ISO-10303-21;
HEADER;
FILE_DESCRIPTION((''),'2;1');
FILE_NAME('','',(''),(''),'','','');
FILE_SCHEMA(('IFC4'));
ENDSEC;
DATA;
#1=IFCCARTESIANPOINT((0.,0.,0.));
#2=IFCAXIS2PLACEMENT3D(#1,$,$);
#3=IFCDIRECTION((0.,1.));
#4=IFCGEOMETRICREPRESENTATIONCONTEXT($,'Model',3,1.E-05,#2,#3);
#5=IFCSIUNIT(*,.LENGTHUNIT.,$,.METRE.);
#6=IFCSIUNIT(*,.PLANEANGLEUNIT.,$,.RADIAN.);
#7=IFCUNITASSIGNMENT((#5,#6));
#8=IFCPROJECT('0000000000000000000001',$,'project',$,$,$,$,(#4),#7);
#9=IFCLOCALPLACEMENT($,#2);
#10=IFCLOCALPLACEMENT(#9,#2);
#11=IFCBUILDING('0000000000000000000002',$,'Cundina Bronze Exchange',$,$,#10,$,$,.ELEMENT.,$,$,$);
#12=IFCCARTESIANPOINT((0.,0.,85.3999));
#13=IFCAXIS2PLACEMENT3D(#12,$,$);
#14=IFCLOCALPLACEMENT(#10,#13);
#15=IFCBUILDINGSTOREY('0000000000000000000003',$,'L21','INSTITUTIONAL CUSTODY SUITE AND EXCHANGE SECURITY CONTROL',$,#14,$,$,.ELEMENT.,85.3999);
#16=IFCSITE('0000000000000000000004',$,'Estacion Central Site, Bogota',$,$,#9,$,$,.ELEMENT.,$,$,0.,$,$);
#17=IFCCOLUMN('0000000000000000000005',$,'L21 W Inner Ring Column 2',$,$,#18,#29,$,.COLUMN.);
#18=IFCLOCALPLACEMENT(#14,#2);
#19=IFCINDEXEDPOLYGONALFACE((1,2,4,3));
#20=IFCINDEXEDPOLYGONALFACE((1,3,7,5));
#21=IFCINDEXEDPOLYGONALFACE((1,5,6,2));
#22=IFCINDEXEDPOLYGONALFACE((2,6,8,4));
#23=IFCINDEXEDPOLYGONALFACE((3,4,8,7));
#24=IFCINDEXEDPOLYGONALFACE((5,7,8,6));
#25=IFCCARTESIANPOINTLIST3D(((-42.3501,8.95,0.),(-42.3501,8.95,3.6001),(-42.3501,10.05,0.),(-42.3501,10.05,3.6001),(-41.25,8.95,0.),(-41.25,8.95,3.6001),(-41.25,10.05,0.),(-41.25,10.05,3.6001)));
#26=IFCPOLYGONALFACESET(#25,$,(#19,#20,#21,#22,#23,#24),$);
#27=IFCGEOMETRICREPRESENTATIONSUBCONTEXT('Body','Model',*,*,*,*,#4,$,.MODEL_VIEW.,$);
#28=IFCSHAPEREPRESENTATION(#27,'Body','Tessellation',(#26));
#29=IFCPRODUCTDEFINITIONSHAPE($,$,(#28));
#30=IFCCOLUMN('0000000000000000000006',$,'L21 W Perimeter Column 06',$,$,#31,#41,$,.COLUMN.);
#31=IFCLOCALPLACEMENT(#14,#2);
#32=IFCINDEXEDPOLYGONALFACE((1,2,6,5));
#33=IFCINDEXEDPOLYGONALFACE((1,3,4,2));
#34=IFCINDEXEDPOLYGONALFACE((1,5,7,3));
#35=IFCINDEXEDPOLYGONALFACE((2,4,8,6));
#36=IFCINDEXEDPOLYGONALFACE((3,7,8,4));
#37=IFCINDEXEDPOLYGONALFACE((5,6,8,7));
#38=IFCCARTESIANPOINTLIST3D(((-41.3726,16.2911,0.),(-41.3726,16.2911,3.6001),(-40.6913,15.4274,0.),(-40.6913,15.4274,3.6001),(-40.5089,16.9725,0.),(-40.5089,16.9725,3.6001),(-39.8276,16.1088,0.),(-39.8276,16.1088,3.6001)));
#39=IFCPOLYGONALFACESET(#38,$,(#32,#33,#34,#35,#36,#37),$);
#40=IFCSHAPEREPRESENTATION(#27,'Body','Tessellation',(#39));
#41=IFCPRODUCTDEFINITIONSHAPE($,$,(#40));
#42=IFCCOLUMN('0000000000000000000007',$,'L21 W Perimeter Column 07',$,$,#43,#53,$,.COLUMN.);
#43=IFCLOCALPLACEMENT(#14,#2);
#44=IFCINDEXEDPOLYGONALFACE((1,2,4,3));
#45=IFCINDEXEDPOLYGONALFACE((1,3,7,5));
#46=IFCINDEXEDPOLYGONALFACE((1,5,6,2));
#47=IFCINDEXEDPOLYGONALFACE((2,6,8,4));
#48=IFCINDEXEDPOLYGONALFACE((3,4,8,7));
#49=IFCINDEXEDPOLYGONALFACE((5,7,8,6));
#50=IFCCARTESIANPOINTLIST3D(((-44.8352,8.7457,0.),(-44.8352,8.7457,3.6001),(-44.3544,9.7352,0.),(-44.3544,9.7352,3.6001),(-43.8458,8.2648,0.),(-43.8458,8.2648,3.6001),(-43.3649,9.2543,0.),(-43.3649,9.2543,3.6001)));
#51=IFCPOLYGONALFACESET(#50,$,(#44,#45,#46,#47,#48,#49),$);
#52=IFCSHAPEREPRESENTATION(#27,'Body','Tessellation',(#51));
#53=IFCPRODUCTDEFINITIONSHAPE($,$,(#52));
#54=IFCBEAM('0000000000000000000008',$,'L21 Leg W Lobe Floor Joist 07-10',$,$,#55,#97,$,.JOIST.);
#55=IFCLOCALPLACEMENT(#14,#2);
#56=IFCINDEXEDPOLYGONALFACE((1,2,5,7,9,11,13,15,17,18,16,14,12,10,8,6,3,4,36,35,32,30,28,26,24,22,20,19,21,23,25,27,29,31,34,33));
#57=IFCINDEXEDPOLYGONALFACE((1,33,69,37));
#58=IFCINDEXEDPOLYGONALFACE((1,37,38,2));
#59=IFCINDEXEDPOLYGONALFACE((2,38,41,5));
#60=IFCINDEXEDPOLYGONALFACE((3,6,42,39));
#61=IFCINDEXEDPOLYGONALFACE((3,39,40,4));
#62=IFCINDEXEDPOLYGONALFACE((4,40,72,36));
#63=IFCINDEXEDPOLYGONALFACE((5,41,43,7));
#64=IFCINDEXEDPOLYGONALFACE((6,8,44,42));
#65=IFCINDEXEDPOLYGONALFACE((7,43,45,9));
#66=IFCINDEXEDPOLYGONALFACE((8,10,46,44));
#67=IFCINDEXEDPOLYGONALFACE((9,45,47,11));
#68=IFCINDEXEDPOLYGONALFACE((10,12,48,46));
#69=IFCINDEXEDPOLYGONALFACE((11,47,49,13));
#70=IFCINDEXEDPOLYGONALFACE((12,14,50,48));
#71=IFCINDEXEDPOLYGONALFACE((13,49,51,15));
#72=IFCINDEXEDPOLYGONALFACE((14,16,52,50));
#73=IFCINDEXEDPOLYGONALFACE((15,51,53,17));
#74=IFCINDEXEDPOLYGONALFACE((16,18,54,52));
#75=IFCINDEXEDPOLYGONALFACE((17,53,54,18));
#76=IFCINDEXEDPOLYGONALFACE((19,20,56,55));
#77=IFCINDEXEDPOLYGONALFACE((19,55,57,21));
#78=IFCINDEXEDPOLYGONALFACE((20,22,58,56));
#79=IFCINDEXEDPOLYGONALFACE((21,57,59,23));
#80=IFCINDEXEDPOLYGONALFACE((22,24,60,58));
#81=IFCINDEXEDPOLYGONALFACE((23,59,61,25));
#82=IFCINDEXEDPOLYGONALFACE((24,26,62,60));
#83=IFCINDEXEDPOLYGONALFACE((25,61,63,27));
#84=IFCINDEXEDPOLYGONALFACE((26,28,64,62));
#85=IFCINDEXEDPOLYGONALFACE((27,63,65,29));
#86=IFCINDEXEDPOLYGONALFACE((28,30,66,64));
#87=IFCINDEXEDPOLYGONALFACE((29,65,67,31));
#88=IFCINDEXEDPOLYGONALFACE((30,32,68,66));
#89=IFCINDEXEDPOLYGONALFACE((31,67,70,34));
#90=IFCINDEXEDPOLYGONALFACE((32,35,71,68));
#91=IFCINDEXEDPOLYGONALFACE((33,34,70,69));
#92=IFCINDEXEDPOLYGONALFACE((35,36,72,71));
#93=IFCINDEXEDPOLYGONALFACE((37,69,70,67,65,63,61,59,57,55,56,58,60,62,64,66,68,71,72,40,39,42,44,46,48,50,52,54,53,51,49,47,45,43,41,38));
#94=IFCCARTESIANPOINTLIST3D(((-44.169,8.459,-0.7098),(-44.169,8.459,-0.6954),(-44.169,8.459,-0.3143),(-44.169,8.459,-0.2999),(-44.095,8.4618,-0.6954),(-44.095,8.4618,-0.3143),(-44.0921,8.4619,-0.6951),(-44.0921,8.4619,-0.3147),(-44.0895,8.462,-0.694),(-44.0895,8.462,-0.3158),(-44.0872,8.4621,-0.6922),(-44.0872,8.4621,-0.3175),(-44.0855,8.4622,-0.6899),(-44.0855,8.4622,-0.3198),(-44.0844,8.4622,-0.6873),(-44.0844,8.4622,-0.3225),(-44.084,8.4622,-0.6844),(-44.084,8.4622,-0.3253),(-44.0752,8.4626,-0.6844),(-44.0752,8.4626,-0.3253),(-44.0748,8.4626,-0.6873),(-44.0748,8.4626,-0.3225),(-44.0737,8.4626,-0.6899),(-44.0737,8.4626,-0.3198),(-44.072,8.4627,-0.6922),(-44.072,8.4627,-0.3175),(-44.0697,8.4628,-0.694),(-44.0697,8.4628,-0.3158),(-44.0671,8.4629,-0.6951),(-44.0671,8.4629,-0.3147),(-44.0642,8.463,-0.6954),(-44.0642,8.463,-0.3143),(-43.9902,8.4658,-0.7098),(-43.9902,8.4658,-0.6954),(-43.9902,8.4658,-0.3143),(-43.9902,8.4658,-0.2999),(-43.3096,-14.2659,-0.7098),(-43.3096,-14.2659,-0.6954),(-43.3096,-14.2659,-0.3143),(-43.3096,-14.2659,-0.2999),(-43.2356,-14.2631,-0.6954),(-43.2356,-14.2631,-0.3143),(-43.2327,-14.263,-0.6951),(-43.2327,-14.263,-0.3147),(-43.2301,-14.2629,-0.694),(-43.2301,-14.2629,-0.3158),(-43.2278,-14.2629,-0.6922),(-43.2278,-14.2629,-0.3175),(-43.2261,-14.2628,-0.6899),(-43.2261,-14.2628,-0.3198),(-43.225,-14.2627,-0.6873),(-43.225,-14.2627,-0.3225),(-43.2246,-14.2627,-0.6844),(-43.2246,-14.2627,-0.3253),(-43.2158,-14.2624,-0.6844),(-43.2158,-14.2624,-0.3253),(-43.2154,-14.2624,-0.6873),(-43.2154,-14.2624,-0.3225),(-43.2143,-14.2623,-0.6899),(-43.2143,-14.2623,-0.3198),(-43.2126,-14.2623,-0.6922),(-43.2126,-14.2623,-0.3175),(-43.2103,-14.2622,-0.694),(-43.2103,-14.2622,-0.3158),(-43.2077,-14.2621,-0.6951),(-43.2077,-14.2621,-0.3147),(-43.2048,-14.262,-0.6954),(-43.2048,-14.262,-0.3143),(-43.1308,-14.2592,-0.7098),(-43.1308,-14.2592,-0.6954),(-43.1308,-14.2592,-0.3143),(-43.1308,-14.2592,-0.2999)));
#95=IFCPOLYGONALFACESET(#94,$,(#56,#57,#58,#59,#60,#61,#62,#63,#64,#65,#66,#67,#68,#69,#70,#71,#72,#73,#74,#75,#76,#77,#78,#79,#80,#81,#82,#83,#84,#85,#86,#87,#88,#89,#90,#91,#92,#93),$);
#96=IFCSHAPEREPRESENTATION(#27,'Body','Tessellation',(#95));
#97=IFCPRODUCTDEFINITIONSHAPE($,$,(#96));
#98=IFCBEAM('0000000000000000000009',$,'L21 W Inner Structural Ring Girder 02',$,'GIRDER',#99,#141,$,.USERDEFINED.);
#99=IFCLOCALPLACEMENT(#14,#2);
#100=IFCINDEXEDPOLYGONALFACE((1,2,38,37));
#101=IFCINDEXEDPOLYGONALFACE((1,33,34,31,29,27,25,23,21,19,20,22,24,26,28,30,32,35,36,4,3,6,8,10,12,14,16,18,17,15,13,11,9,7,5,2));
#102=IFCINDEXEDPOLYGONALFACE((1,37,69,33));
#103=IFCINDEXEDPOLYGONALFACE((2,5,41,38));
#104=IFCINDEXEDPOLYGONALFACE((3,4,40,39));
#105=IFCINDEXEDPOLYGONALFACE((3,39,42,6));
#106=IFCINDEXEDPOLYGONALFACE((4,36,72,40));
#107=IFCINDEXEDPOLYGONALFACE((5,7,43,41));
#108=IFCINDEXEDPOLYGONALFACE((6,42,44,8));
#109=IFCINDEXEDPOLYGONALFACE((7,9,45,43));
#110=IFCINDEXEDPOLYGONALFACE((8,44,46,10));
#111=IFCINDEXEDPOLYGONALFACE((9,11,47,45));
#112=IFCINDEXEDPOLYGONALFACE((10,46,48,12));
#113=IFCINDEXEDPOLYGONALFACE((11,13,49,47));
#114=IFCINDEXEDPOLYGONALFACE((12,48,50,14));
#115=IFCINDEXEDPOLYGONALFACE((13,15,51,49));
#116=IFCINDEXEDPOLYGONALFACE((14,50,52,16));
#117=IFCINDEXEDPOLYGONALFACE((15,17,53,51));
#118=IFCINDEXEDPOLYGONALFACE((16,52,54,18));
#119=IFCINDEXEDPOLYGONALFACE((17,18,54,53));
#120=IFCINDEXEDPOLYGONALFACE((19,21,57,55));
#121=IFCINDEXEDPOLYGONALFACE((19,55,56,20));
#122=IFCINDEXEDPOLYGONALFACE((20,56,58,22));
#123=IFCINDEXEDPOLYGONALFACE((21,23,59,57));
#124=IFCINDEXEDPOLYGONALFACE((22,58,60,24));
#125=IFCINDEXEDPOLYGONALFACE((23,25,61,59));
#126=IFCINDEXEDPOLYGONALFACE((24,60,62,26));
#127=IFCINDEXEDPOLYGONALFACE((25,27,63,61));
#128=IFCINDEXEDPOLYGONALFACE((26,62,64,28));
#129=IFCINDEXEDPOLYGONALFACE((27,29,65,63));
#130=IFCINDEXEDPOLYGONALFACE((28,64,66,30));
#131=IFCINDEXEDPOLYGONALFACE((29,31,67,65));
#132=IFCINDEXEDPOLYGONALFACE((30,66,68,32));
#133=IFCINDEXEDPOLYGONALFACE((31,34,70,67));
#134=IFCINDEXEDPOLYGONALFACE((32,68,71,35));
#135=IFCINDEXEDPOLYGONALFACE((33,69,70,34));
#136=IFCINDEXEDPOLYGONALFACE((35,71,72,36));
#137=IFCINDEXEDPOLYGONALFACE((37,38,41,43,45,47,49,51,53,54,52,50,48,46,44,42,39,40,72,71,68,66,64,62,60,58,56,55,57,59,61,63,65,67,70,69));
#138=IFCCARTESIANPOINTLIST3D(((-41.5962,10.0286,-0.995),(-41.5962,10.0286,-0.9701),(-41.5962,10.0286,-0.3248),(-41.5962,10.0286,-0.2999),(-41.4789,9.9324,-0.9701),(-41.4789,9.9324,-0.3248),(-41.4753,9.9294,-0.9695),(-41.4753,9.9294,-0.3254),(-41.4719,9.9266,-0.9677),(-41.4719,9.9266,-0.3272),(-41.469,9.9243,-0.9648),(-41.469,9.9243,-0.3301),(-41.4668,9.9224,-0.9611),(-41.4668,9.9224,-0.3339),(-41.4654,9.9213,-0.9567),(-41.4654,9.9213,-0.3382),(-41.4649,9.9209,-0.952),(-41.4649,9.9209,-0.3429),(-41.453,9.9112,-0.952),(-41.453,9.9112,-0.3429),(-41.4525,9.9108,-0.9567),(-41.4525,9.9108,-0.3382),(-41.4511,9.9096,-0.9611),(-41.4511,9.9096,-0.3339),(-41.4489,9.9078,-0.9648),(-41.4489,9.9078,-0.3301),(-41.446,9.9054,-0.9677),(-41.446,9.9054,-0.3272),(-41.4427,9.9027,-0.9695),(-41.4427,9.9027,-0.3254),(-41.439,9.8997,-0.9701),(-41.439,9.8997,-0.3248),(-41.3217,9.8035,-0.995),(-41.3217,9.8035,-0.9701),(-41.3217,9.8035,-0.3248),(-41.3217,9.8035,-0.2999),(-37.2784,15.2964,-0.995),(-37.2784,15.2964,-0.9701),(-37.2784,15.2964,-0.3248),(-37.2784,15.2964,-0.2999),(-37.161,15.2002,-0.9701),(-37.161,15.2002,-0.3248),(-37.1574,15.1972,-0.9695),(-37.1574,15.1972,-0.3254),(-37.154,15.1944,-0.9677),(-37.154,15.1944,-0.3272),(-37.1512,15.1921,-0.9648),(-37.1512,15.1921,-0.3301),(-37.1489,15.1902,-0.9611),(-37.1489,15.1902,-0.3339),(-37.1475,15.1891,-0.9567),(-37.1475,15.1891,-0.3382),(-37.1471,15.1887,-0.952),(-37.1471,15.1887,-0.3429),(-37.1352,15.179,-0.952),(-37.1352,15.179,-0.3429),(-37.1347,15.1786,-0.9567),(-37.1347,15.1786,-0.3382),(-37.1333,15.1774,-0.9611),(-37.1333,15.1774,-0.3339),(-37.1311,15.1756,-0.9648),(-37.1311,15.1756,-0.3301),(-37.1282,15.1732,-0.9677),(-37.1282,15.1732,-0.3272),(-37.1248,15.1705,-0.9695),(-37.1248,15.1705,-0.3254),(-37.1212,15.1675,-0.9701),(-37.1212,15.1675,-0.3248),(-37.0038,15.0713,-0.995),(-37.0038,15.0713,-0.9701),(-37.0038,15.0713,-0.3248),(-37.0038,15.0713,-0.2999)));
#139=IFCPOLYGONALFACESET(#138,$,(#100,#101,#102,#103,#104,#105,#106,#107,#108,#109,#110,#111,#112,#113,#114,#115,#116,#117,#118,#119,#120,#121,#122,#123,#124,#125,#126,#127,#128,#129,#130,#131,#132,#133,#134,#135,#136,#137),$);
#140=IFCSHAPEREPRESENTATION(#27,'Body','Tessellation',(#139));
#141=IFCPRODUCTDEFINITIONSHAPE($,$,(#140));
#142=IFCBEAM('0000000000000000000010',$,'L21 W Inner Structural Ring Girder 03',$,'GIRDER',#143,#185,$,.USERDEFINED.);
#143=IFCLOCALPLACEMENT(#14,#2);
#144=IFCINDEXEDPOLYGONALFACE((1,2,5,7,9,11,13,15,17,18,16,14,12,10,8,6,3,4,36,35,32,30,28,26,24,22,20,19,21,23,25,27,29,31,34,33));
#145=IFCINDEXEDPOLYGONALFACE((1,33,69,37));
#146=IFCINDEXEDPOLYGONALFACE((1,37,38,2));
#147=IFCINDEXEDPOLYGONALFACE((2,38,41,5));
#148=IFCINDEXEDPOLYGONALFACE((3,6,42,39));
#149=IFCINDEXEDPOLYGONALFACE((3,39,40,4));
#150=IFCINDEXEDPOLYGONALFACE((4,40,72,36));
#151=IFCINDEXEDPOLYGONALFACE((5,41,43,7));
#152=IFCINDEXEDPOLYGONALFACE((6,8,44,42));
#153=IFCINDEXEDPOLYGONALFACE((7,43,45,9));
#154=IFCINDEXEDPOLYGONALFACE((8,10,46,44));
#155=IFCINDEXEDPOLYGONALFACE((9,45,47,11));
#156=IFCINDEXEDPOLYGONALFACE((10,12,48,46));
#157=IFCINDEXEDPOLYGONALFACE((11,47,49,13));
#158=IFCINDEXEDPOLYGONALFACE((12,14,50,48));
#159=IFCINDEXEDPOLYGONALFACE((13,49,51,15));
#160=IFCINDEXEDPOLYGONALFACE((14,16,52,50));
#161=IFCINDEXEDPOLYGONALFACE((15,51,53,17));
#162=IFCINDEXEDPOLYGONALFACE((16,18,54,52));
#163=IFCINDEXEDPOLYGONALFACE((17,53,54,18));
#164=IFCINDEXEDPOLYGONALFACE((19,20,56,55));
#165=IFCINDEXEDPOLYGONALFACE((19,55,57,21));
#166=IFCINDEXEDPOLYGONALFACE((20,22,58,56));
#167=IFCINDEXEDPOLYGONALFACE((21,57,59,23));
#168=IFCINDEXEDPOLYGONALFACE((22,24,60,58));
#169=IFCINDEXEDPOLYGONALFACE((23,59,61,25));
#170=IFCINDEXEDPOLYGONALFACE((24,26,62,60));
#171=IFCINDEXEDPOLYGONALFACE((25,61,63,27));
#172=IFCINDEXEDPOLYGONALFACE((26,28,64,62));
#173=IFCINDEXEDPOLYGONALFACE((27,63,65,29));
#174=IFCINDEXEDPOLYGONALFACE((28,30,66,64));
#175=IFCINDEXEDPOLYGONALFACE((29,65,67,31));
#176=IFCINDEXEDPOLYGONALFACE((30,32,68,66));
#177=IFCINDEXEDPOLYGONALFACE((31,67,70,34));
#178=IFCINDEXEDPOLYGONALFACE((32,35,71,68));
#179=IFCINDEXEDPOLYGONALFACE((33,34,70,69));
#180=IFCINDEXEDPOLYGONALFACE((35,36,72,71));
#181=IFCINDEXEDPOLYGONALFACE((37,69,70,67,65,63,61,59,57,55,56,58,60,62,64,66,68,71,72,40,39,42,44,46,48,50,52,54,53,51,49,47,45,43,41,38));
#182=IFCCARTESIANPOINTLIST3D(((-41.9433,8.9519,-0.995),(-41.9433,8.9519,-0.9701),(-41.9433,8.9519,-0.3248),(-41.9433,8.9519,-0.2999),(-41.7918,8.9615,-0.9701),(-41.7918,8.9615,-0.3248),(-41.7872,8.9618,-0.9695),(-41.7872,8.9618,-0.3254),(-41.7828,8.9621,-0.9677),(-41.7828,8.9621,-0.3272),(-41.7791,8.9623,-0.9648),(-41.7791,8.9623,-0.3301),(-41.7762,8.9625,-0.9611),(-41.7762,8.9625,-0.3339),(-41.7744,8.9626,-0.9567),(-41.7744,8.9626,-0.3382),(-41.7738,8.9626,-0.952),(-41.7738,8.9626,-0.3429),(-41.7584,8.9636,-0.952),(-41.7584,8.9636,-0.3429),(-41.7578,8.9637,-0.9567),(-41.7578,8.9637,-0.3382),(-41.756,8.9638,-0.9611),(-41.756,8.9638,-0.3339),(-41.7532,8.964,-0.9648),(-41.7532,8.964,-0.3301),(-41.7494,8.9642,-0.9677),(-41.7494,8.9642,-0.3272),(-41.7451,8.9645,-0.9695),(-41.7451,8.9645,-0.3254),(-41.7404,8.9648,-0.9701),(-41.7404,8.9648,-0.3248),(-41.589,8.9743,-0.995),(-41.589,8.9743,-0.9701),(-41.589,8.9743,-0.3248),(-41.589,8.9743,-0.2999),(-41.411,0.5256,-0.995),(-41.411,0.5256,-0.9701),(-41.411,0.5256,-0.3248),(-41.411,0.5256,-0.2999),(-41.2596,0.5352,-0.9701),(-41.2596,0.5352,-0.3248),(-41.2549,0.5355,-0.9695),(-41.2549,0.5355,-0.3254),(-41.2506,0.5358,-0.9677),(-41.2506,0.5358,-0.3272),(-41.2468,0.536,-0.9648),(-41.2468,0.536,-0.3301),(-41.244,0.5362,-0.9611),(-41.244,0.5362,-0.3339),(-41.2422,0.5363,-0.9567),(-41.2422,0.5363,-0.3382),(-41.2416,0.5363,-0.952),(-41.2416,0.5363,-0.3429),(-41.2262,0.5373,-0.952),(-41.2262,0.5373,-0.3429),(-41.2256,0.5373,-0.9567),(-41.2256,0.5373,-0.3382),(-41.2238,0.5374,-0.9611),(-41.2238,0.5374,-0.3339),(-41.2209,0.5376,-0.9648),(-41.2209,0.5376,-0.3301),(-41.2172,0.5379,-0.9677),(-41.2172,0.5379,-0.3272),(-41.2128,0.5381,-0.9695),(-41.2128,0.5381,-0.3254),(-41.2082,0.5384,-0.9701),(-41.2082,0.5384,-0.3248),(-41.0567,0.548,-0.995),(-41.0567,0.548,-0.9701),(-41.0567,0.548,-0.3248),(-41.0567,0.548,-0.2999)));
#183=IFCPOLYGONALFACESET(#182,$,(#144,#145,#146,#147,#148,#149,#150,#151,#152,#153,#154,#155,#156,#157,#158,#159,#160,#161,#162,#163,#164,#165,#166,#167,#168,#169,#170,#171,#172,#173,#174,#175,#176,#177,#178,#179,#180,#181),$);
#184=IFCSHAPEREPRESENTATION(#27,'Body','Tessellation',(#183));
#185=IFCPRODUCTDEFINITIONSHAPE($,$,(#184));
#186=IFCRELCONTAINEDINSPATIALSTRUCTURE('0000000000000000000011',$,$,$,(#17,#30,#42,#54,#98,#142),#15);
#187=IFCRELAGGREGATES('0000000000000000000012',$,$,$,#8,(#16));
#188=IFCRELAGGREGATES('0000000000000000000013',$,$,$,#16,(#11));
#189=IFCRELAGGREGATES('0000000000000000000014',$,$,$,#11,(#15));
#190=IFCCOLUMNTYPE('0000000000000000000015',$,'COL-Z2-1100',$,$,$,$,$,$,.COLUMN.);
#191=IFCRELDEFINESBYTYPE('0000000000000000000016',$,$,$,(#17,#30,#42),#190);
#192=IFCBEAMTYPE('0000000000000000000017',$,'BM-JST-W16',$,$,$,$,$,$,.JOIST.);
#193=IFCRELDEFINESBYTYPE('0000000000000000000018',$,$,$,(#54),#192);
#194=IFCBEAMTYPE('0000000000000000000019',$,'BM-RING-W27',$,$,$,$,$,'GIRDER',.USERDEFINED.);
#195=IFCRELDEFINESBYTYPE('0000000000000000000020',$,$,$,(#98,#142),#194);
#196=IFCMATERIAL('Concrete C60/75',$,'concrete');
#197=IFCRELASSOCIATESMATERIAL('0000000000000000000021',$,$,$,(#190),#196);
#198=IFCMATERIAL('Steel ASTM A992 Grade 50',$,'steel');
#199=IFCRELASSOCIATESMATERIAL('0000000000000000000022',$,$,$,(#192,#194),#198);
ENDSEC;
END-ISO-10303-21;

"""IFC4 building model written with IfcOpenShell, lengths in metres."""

from ifc_helpers import new_model, si_unit, direction, frame, origin, origin_2d, place, context, subcontext, project, spatial, rectangle, i_section, extrude, material, material_profile, profile_set, type_object, element, save


model = new_model("IFC4")

# Units and contexts
model_context = context("Model", 3, precision=1e-05, world=origin(), true_north=direction((0.0, 1.0)))
body_context = subcontext(model_context, "Body", "Model", "MODEL_VIEW")
ifc_project = project(units=[si_unit("LENGTHUNIT", "METRE"), si_unit("PLANEANGLEUNIT", "RADIAN")], contexts=[model_context])

# Site, building, storey
site_placement = place(None, origin())
site = spatial("IfcSite", under=ifc_project, at=site_placement, Name="Estacion Central Site, Bogota", CompositionType="ELEMENT", RefElevation=0.0)
building_placement = place(site_placement, origin())
building = spatial("IfcBuilding", under=site, at=building_placement, Name="Cundina Bronze Exchange", CompositionType="ELEMENT")
storey_placement = place(building_placement, frame((0.0, 0.0, 85.3999)))
storey = spatial("IfcBuildingStorey", under=building, at=storey_placement, Name="L21", Description="INSTITUTIONAL CUSTODY SUITE AND EXCHANGE SECURITY CONTROL", CompositionType="ELEMENT", Elevation=85.3999)

# Columns
ifc_material_1 = material(Name="Concrete C60/75", Category="concrete")
ifc_material_profile_1 = material_profile(ifc_material_1, rectangle(XDim=1.1001, YDim=1.1001, at=origin_2d()), Name="RC1100X1100", Category="concrete")
ifc_profile_set_1 = profile_set([ifc_material_profile_1], Name="Concrete C60/75")
column_type = type_object("IfcColumnType", Name="COL-Z2-1100", PredefinedType="COLUMN", material=ifc_profile_set_1)
for number, where, z_axis, x_axis, name in (
    (1, (-41.8, 9.5, 0.0), (0.0, 0.0, 1.0), (1.0, 0.0, 0.0), "L21 W Inner Ring Column 2"),
    (2, (-40.6001, 16.2, 0.0), (0.0, 0.0, 1.0), (-0.785101, -0.619368, 0.0), "L21 W Perimeter Column 06"),
    (3, (-44.1001, 9.0, 0.0), (0.0, 0.0, 1.0), (-0.437116, -0.899405, 0.0), "L21 W Perimeter Column 07"),
):
    element("IfcColumn", number, at=place(storey_placement, frame(where, z_axis=z_axis, x_axis=x_axis)), inside=storey, type_object=column_type, Name=name, PredefinedType="COLUMN", context=body_context, shape_type="SweptSolid", body=[
        extrude(rectangle(XDim=1.1001, YDim=1.1001, at=origin_2d()), origin(), (0.0, 0.0, 1.0), 3.6001),
    ])

# Beams
ifc_material_2 = material(Name="Steel ASTM A992 Grade 50", Category="steel")
ifc_material_profile_2 = material_profile(ifc_material_2, i_section(OverallWidth=0.179, OverallDepth=0.4099, WebThickness=0.0088, FlangeThickness=0.0144, FilletRadius=0.011, at=origin_2d()), Name="W16X45", Category="steel")
ifc_profile_set_2 = profile_set([ifc_material_profile_2], Name="Steel ASTM A992 Grade 50")
beam_type_1 = type_object("IfcBeamType", Name="BM-JST-W16", PredefinedType="JOIST", material=ifc_profile_set_2)
beam_1_placement = place(storey_placement, frame((-44.0796, 8.4624, -0.5049), z_axis=(0.03779, -0.999286, 0.0), x_axis=(0.999286, 0.03779, 0.0)))
element("IfcBeam", 4, at=beam_1_placement, inside=storey, type_object=beam_type_1, Name="L21 Leg W Lobe Floor Joist 07-10", PredefinedType="JOIST", context=body_context, shape_type="SweptSolid", body=[
    extrude(i_section(OverallWidth=0.179, OverallDepth=0.4099, WebThickness=0.0088, FlangeThickness=0.0144, FilletRadius=0.011, at=origin_2d()), origin(), (0.0, 0.0, 1.0), 22.7412),
])
ifc_material_profile_3 = material_profile(ifc_material_2, i_section(OverallWidth=0.355, OverallDepth=0.6951, WebThickness=0.0154, FlangeThickness=0.0249, FilletRadius=0.0181, at=origin_2d()), Name="W27X146", Category="steel")
ifc_profile_set_3 = profile_set([ifc_material_profile_3], Name="Steel ASTM A992 Grade 50")
beam_type_2 = type_object("IfcBeamType", Name="BM-RING-W27", ElementType="GIRDER", PredefinedType="USERDEFINED", material=ifc_profile_set_3)
beam_2_placement = place(storey_placement, frame((-37.1411, 15.1838, -0.6475), z_axis=(-0.633927, -0.773393, 0.0), x_axis=(0.773393, -0.633927, 0.0)))
element("IfcBeam", 5, at=beam_2_placement, inside=storey, type_object=beam_type_2, Name="L21 W Inner Structural Ring Girder 02", ObjectType="GIRDER", PredefinedType="USERDEFINED", context=body_context, shape_type="SweptSolid", body=[
    extrude(i_section(OverallWidth=0.355, OverallDepth=0.6951, WebThickness=0.0154, FlangeThickness=0.0249, FilletRadius=0.0181, at=origin_2d()), origin(), (0.0, 0.0, 1.0), 6.8113),
])
beam_3_placement = place(storey_placement, frame((-41.7661, 8.9631, -0.6475), z_axis=(0.063037, -0.998011, 0.0), x_axis=(0.998011, 0.063037, 0.0)))
element("IfcBeam", 6, at=beam_3_placement, inside=storey, type_object=beam_type_2, Name="L21 W Inner Structural Ring Girder 03", ObjectType="GIRDER", PredefinedType="USERDEFINED", context=body_context, shape_type="SweptSolid", body=[
    extrude(i_section(OverallWidth=0.355, OverallDepth=0.6951, WebThickness=0.0154, FlangeThickness=0.0249, FilletRadius=0.0181, at=origin_2d()), origin(), (0.0, 0.0, 1.0), 8.4431),
])

save(model, "model.ifc")
